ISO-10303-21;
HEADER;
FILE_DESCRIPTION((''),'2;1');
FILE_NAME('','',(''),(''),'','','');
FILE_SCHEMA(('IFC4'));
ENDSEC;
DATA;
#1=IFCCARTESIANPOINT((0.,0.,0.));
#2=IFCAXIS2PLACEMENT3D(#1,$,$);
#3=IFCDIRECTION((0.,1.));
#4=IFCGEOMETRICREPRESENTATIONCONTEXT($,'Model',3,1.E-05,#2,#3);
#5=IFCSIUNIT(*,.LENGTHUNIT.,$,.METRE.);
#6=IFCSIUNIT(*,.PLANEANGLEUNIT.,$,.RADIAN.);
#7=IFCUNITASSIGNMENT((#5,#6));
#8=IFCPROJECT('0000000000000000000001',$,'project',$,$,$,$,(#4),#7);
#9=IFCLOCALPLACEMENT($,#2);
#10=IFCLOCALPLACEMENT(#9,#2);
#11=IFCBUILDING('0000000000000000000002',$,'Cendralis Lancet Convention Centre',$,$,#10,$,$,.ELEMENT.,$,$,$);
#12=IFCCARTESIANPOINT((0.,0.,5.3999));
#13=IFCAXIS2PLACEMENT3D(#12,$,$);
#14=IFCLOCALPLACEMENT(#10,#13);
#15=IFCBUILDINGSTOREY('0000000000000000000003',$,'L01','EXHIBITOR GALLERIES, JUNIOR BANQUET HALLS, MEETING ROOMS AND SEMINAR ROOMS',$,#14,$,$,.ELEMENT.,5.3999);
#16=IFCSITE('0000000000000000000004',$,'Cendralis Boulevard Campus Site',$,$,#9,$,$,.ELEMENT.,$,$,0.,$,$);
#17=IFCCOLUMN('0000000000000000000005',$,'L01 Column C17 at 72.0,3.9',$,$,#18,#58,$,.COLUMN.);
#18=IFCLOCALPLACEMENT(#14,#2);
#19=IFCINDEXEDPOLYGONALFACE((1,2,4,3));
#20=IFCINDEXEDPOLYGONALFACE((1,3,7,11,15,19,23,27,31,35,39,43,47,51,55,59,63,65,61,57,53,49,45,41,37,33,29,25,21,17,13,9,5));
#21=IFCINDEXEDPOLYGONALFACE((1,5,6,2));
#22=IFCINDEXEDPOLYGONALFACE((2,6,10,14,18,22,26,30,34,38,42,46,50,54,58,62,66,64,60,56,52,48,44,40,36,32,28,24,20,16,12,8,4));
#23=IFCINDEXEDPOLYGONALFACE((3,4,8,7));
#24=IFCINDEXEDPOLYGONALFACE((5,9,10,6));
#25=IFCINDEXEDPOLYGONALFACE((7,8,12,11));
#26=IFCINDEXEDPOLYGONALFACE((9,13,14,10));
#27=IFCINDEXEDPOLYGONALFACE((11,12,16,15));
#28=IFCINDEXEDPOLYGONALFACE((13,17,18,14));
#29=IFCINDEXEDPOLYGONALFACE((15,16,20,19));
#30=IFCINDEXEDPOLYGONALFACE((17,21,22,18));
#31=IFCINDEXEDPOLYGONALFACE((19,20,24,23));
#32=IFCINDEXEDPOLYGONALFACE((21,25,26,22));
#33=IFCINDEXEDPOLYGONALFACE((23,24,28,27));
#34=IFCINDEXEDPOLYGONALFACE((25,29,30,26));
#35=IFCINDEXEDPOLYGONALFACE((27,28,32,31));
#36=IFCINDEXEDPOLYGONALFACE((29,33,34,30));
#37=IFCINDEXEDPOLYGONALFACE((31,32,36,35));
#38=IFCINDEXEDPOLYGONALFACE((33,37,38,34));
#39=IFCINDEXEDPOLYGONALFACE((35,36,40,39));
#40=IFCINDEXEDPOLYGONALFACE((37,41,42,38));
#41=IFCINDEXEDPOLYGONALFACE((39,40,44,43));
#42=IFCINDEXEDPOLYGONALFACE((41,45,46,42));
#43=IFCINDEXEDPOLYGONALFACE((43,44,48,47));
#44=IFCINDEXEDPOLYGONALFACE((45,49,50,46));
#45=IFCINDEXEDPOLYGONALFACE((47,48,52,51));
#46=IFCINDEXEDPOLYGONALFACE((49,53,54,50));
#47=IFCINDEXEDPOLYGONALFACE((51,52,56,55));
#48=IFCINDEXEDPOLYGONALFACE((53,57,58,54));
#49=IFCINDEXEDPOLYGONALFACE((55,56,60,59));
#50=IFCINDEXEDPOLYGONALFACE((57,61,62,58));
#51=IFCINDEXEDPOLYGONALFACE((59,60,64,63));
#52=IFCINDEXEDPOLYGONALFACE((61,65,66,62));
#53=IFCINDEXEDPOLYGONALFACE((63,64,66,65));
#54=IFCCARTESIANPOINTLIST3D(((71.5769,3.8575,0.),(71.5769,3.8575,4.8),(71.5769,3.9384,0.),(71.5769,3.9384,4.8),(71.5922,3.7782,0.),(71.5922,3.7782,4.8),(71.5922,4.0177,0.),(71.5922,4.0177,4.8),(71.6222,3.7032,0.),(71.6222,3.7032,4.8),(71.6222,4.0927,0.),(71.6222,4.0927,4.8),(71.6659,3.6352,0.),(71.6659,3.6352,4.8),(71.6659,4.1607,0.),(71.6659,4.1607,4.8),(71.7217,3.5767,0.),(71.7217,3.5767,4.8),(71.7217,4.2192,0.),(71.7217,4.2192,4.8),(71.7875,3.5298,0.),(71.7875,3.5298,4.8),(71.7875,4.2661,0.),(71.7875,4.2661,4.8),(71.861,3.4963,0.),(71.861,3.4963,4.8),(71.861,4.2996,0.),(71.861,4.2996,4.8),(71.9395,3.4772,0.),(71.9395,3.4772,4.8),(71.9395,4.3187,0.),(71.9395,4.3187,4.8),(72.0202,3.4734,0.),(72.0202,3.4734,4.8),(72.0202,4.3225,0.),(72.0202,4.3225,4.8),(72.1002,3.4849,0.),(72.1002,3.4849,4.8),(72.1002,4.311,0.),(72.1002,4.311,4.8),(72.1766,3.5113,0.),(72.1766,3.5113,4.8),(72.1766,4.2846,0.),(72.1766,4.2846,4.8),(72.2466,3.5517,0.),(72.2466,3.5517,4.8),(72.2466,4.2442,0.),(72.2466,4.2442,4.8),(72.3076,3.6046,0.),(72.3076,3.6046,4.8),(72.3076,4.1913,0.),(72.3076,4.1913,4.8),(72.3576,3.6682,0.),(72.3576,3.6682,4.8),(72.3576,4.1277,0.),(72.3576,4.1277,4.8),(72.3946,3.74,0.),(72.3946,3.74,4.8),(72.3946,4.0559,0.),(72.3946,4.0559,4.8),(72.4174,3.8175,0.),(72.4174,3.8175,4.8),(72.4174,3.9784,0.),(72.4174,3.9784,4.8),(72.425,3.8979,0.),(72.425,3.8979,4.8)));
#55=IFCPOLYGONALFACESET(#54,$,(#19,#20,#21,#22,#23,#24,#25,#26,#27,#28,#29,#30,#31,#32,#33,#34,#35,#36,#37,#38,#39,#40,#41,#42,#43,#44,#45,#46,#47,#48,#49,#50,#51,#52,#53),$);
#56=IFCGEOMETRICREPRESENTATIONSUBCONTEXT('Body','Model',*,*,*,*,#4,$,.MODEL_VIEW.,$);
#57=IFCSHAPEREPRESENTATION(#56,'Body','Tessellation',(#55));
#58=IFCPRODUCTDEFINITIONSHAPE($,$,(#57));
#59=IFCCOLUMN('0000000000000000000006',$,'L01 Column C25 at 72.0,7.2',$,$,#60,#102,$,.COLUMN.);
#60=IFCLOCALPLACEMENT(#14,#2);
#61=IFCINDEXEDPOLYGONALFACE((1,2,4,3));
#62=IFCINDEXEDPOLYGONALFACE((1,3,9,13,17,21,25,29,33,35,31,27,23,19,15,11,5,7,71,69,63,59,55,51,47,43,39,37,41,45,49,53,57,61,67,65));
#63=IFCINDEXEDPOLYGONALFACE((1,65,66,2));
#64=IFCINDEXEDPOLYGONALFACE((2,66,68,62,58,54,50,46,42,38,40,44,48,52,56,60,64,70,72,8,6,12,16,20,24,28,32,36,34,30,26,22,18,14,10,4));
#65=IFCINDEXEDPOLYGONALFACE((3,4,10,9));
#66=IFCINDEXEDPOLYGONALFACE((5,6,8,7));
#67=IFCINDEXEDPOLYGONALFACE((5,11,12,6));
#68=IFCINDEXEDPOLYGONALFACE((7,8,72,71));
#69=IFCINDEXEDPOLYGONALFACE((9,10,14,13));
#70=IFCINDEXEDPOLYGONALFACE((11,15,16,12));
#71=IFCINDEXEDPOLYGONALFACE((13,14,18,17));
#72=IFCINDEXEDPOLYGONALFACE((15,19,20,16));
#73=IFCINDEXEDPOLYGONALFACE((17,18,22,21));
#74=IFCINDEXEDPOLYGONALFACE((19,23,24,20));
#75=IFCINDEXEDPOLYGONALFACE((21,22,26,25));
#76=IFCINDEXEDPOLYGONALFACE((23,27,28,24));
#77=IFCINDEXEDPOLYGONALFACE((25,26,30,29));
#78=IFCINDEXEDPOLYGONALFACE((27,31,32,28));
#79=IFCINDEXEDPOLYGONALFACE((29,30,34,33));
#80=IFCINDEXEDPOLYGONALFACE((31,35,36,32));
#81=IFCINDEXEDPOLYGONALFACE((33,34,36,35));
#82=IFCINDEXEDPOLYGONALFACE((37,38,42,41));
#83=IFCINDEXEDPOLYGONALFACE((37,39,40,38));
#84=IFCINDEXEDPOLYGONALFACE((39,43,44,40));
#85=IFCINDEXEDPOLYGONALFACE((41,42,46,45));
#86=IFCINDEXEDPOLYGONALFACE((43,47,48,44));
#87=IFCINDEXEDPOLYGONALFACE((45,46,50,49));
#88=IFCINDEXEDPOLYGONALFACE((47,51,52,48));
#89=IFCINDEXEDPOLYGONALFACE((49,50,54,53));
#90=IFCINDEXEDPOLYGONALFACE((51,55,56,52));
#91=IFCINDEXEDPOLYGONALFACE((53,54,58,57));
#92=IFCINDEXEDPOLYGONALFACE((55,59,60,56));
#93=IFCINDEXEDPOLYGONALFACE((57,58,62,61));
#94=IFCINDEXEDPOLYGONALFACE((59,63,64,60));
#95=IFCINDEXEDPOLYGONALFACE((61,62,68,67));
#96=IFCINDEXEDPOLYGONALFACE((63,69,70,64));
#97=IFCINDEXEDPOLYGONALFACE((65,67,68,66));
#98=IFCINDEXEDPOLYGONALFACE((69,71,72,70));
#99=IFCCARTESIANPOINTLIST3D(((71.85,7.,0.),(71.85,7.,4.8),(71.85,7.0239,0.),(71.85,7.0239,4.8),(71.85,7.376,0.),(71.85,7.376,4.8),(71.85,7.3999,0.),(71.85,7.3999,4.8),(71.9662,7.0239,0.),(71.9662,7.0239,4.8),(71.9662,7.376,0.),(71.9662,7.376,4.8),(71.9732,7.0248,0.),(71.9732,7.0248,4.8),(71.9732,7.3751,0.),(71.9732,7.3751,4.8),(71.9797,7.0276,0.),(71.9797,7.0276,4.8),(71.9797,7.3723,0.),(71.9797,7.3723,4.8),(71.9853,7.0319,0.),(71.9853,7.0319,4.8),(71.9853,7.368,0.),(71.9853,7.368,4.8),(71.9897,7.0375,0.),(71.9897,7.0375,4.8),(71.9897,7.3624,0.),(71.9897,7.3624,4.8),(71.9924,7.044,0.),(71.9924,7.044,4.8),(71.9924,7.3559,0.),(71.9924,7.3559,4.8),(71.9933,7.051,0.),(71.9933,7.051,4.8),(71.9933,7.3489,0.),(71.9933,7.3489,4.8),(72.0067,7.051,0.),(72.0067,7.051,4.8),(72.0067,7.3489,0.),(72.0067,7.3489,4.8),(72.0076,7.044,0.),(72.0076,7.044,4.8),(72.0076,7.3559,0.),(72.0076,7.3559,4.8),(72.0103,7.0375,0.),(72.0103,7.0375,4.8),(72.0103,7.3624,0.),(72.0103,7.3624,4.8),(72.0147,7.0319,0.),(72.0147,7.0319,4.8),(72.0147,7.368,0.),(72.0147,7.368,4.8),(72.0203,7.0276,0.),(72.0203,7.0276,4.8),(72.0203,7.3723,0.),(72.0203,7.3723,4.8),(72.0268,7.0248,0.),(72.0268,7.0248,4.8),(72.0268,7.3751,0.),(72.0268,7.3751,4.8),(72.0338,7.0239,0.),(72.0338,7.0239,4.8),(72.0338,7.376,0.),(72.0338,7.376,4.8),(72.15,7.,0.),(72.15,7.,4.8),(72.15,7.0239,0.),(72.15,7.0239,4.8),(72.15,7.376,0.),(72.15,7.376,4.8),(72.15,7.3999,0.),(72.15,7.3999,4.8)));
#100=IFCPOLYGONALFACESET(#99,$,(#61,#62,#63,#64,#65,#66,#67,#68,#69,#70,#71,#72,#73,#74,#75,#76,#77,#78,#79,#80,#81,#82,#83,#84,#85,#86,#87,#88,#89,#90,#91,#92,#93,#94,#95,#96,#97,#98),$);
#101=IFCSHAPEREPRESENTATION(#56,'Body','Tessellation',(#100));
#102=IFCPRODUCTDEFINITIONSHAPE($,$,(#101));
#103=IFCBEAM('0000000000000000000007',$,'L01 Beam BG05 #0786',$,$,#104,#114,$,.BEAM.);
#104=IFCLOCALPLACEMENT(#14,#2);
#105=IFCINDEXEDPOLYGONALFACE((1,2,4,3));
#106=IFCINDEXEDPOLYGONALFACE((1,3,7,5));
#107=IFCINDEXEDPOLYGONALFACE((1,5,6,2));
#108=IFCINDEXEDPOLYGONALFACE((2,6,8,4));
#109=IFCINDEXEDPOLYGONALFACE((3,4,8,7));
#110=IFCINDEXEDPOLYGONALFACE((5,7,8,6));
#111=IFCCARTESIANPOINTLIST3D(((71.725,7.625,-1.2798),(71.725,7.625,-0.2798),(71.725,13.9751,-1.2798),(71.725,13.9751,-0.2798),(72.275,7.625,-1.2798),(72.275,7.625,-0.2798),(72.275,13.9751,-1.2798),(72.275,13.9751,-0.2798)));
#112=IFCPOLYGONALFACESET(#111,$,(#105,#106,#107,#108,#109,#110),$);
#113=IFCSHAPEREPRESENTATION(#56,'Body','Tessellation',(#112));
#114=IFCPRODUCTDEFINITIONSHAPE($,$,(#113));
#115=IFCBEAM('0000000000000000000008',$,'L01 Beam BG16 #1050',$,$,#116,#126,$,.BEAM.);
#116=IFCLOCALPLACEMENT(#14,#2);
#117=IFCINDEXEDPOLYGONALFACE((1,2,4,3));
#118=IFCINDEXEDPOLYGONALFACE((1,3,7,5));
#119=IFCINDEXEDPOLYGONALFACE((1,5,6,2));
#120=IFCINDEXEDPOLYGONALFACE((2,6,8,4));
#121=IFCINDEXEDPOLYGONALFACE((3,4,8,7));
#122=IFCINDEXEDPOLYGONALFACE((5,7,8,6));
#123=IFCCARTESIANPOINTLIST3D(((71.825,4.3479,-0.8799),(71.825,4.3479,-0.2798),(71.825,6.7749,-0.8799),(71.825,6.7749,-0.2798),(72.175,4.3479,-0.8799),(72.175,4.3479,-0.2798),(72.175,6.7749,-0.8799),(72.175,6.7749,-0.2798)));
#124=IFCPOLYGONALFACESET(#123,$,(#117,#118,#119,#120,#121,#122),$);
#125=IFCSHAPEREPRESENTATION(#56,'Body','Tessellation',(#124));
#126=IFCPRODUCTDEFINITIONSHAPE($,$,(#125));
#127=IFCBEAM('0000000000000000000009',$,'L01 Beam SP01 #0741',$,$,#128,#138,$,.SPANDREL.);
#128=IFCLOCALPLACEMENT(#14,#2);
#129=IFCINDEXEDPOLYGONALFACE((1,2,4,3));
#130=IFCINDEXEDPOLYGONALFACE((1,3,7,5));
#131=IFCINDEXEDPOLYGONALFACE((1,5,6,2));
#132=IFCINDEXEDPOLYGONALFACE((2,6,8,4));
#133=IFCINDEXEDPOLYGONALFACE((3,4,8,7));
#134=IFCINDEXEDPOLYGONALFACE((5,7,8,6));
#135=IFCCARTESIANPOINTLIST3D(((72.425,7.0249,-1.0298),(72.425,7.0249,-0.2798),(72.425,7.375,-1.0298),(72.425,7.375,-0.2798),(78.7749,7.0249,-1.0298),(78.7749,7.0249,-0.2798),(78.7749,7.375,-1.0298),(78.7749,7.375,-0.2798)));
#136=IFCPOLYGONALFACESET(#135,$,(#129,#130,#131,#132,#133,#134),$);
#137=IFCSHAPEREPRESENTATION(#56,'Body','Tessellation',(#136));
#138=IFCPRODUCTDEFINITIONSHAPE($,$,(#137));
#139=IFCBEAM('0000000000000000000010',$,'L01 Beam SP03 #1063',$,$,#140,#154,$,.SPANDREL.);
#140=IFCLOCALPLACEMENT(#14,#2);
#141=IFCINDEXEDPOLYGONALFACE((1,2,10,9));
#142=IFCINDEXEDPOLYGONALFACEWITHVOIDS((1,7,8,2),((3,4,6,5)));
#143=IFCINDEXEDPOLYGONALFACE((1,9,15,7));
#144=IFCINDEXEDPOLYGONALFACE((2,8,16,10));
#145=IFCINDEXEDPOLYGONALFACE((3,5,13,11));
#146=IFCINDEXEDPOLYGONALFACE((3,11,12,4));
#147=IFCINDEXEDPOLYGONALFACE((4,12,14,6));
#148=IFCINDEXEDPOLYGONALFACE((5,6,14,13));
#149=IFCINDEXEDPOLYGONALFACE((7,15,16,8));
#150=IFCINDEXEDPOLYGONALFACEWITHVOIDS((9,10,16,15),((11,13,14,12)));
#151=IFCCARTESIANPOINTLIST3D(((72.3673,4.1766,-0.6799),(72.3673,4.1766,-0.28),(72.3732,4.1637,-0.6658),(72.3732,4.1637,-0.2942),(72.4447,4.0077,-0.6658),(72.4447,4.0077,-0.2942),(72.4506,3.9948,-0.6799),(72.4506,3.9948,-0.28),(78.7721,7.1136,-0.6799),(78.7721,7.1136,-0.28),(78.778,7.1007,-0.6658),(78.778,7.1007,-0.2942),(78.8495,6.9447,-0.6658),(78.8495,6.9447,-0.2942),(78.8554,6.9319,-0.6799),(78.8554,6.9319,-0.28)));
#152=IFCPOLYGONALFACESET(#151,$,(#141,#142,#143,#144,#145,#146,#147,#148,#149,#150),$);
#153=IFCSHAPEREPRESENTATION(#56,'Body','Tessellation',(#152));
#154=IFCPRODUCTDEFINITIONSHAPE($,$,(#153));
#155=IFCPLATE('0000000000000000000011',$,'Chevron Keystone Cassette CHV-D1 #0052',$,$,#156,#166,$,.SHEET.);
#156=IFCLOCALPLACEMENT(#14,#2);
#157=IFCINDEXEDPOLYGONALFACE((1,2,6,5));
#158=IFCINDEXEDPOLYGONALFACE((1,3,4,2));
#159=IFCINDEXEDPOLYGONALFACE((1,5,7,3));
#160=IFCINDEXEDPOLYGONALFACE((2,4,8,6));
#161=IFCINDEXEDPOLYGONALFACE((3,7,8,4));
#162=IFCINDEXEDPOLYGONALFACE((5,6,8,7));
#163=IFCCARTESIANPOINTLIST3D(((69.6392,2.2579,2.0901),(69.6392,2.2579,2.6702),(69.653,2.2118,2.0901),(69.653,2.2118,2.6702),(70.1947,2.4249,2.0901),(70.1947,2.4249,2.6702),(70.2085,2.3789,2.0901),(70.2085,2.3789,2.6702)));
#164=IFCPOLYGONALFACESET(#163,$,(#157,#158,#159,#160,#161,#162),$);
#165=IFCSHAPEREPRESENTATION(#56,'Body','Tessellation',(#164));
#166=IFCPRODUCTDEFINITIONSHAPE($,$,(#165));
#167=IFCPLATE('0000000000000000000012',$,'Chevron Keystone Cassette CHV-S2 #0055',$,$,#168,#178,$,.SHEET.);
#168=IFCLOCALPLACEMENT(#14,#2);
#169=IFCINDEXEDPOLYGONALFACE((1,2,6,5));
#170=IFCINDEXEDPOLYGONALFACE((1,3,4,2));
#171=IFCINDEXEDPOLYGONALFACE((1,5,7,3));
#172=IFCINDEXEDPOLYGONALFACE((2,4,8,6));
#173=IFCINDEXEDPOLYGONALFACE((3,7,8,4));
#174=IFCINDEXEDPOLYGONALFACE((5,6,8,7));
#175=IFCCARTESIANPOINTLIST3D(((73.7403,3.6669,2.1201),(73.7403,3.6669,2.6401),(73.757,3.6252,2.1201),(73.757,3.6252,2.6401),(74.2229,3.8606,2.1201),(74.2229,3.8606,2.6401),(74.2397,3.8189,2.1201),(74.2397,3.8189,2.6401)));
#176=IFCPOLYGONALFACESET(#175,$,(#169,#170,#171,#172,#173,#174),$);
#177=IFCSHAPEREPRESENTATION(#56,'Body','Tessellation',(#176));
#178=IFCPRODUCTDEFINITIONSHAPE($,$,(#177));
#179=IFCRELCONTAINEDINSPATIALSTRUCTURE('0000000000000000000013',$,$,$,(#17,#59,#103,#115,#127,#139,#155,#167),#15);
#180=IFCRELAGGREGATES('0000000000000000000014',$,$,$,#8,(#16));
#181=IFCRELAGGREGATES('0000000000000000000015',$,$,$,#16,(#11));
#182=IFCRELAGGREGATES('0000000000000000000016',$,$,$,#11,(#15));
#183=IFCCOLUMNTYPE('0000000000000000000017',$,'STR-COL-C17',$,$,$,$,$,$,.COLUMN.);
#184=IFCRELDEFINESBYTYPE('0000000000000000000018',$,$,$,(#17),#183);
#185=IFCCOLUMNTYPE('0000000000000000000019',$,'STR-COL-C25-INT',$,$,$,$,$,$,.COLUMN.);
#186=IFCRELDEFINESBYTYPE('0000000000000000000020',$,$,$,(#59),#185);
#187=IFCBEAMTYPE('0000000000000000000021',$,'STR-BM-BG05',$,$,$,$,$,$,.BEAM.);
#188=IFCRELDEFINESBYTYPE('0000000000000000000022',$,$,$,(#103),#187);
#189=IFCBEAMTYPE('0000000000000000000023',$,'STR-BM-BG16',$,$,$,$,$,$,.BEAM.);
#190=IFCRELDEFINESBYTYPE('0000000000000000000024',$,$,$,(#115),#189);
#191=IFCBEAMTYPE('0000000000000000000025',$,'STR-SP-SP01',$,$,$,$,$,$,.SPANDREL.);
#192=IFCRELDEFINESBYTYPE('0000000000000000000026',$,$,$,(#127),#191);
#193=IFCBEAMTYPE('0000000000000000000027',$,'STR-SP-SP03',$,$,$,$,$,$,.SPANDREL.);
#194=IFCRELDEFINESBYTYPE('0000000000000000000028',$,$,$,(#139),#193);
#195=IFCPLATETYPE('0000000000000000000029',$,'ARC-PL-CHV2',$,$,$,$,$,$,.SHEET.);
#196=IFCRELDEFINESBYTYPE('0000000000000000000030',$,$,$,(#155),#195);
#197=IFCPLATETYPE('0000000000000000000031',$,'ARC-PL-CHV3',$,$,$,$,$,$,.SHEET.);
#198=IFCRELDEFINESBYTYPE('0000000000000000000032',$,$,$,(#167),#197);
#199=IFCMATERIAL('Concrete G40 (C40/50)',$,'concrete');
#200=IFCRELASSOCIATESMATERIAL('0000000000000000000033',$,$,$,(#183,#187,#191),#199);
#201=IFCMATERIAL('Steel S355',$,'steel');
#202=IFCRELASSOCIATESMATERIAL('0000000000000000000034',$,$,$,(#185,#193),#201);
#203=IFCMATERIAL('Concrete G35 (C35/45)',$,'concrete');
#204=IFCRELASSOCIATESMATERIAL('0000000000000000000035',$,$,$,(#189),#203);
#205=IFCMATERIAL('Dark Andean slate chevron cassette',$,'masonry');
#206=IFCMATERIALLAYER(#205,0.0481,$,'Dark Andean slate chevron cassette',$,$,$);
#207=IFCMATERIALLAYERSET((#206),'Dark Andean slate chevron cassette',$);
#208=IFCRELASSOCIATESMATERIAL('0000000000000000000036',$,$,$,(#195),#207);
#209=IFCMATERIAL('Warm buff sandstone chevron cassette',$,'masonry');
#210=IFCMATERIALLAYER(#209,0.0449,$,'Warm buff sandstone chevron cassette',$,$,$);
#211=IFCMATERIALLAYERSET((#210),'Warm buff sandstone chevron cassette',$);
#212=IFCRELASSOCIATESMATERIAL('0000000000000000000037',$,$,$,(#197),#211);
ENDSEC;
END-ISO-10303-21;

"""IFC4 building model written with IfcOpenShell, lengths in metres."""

from ifc_helpers import new_model, si_unit, direction, frame, origin, origin_2d, place, context, subcontext, project, spatial, rectangle, hollow_rectangle, circle, i_section, extrude, material, layer, layer_set, material_profile, profile_set, type_object, element, save


model = new_model("IFC4")

# Units and contexts
model_context = context("Model", 3, precision=1e-05, world=origin(), true_north=direction((0.0, 1.0)))
body_context = subcontext(model_context, "Body", "Model", "MODEL_VIEW")
ifc_project = project(units=[si_unit("LENGTHUNIT", "METRE"), si_unit("PLANEANGLEUNIT", "RADIAN")], contexts=[model_context])

# Site, building, storey
site_placement = place(None, origin())
site = spatial("IfcSite", under=ifc_project, at=site_placement, Name="Cendralis Boulevard Campus Site", CompositionType="ELEMENT", RefElevation=0.0)
building_placement = place(site_placement, origin())
building = spatial("IfcBuilding", under=site, at=building_placement, Name="Cendralis Lancet Convention Centre", CompositionType="ELEMENT")
storey_placement = place(building_placement, frame((0.0, 0.0, 5.3999)))
storey = spatial("IfcBuildingStorey", under=building, at=storey_placement, Name="L01", Description="EXHIBITOR GALLERIES, JUNIOR BANQUET HALLS, MEETING ROOMS AND SEMINAR ROOMS", CompositionType="ELEMENT", Elevation=5.3999)

# Columns
ifc_material_1 = material(Name="Concrete G40 (C40/50)", Category="concrete")
ifc_material_profile_1 = material_profile(ifc_material_1, circle(Radius=0.425, at=origin_2d()), Name="RC D850")
ifc_profile_set_1 = profile_set([ifc_material_profile_1], Name="Concrete G40 (C40/50)")
column_type_1 = type_object("IfcColumnType", Name="STR-COL-C17", PredefinedType="COLUMN", material=ifc_profile_set_1)
column_1_placement = place(storey_placement, frame((72.0, 3.8979, 0.0), z_axis=(0.0, 0.0, 1.0), x_axis=(1.0, 0.0, 0.0)))
element("IfcColumn", 1, at=column_1_placement, inside=storey, type_object=column_type_1, Name="L01 Column C17 at 72.0,3.9", PredefinedType="COLUMN", context=body_context, shape_type="SweptSolid", body=[
    extrude(circle(Radius=0.425, at=origin_2d()), origin(), (0.0, 0.0, 1.0), 4.8),
])
ifc_material_2 = material(Name="Steel S355", Category="steel")
ifc_material_profile_2 = material_profile(ifc_material_2, i_section(OverallWidth=0.3, OverallDepth=0.3999, WebThickness=0.0134, FlangeThickness=0.0239, FilletRadius=0.0271, at=origin_2d()), Name="HEB 400")
ifc_profile_set_2 = profile_set([ifc_material_profile_2], Name="Steel S355")
column_type_2 = type_object("IfcColumnType", Name="STR-COL-C25-INT", PredefinedType="COLUMN", material=ifc_profile_set_2)
column_2_placement = place(storey_placement, frame((72.0, 7.2, 0.0), z_axis=(0.0, 0.0, 1.0), x_axis=(1.0, 0.0, 0.0)))
element("IfcColumn", 2, at=column_2_placement, inside=storey, type_object=column_type_2, Name="L01 Column C25 at 72.0,7.2", PredefinedType="COLUMN", context=body_context, shape_type="SweptSolid", body=[
    extrude(i_section(OverallWidth=0.3, OverallDepth=0.3999, WebThickness=0.0134, FlangeThickness=0.0239, FilletRadius=0.0271, at=origin_2d()), origin(), (0.0, 0.0, 1.0), 4.8),
])

# Beams
ifc_material_profile_3 = material_profile(ifc_material_1, rectangle(XDim=0.55, YDim=1.0, at=origin_2d()), Name="RCB 550x1000")
ifc_profile_set_3 = profile_set([ifc_material_profile_3], Name="Concrete G40 (C40/50)")
beam_type_1 = type_object("IfcBeamType", Name="STR-BM-BG05", PredefinedType="BEAM", material=ifc_profile_set_3)
beam_1_placement = place(storey_placement, frame((72.0, 7.625, -0.7798), z_axis=(0.0, 1.0, 0.0), x_axis=(-1.0, 0.0, 0.0)))
element("IfcBeam", 3, at=beam_1_placement, inside=storey, type_object=beam_type_1, Name="L01 Beam BG05 #0786", PredefinedType="BEAM", context=body_context, shape_type="SweptSolid", body=[
    extrude(rectangle(XDim=0.55, YDim=1.0, at=origin_2d()), origin(), (0.0, 0.0, 1.0), 6.3501),
])
ifc_material_3 = material(Name="Concrete G35 (C35/45)", Category="concrete")
ifc_material_profile_4 = material_profile(ifc_material_3, rectangle(XDim=0.3501, YDim=0.6001, at=origin_2d()), Name="RCB 350x600")
ifc_profile_set_4 = profile_set([ifc_material_profile_4], Name="Concrete G35 (C35/45)")
beam_type_2 = type_object("IfcBeamType", Name="STR-BM-BG16", PredefinedType="BEAM", material=ifc_profile_set_4)
beam_2_placement = place(storey_placement, frame((72.0, 4.3479, -0.5798), z_axis=(0.0, 1.0, 0.0), x_axis=(-1.0, 0.0, 0.0)))
element("IfcBeam", 4, at=beam_2_placement, inside=storey, type_object=beam_type_2, Name="L01 Beam BG16 #1050", PredefinedType="BEAM", context=body_context, shape_type="SweptSolid", body=[
    extrude(rectangle(XDim=0.3501, YDim=0.6001, at=origin_2d()), origin(), (0.0, 0.0, 1.0), 2.427),
])
ifc_material_profile_5 = material_profile(ifc_material_1, rectangle(XDim=0.3501, YDim=0.75, at=origin_2d()), Name="RCB 350x750")
ifc_profile_set_5 = profile_set([ifc_material_profile_5], Name="Concrete G40 (C40/50)")
beam_type_3 = type_object("IfcBeamType", Name="STR-SP-SP01", PredefinedType="SPANDREL", material=ifc_profile_set_5)
beam_3_placement = place(storey_placement, frame((72.425, 7.2, -0.6548), z_axis=(1.0, 0.0, 0.0), x_axis=(0.0, 1.0, 0.0)))
element("IfcBeam", 5, at=beam_3_placement, inside=storey, type_object=beam_type_3, Name="L01 Beam SP01 #0741", PredefinedType="SPANDREL", context=body_context, shape_type="SweptSolid", body=[
    extrude(rectangle(XDim=0.3501, YDim=0.75, at=origin_2d()), origin(), (0.0, 0.0, 1.0), 6.3499),
])
ifc_material_profile_6 = material_profile(ifc_material_2, hollow_rectangle(XDim=0.2, YDim=0.3999, WallThickness=0.0142, at=origin_2d()), Name="RHS 400x200x14.2")
ifc_profile_set_6 = profile_set([ifc_material_profile_6], Name="Steel S355")
beam_type_4 = type_object("IfcBeamType", Name="STR-SP-SP03", PredefinedType="SPANDREL", material=ifc_profile_set_6)
beam_4_placement = place(storey_placement, frame((72.4089, 4.0857, -0.48), z_axis=(0.908985, 0.416829, 0.0), x_axis=(-0.416829, 0.908985, 0.0)))
element("IfcBeam", 6, at=beam_4_placement, inside=storey, type_object=beam_type_4, Name="L01 Beam SP03 #1063", PredefinedType="SPANDREL", context=body_context, shape_type="SweptSolid", body=[
    extrude(hollow_rectangle(XDim=0.2, YDim=0.3999, WallThickness=0.0142, at=origin_2d()), origin(), (0.0, 0.0, 1.0), 7.0461),
])

# Plates
ifc_material_4 = material(Name="Dark Andean slate chevron cassette", Category="masonry")
ifc_layer_1 = layer(ifc_material_4, 0.0481, Name="Dark Andean slate chevron cassette")
ifc_layer_set_1 = layer_set([ifc_layer_1], Name="Dark Andean slate chevron cassette")
plate_type_1 = type_object("IfcPlateType", Name="ARC-PL-CHV2", PredefinedType="SHEET", material=ifc_layer_set_1)
plate_1_placement = place(storey_placement, frame((69.9238, 2.3184, 2.0901), z_axis=(0.0, 0.0, 1.0), x_axis=(0.957632, 0.287996, 0.0)))
element("IfcPlate", 7, at=plate_1_placement, inside=storey, type_object=plate_type_1, Name="Chevron Keystone Cassette CHV-D1 #0052", PredefinedType="SHEET", context=body_context, shape_type="SweptSolid", body=[
    extrude(rectangle(XDim=0.5801, YDim=0.0481, at=origin_2d()), origin(), (0.0, 0.0, 1.0), 0.5801),
])
ifc_material_5 = material(Name="Warm buff sandstone chevron cassette", Category="masonry")
ifc_layer_2 = layer(ifc_material_5, 0.0449, Name="Warm buff sandstone chevron cassette")
ifc_layer_set_2 = layer_set([ifc_layer_2], Name="Warm buff sandstone chevron cassette")
plate_type_2 = type_object("IfcPlateType", Name="ARC-PL-CHV3", PredefinedType="SHEET", material=ifc_layer_set_2)
plate_2_placement = place(storey_placement, frame((73.99, 3.7429, 2.1201), z_axis=(0.0, 0.0, 1.0), x_axis=(0.928064, 0.372421, 0.0)))
element("IfcPlate", 8, at=plate_2_placement, inside=storey, type_object=plate_type_2, Name="Chevron Keystone Cassette CHV-S2 #0055", PredefinedType="SHEET", context=body_context, shape_type="SweptSolid", body=[
    extrude(rectangle(XDim=0.52, YDim=0.0449, at=origin_2d()), origin(), (0.0, 0.0, 1.0), 0.52),
])

save(model, "model.ifc")
